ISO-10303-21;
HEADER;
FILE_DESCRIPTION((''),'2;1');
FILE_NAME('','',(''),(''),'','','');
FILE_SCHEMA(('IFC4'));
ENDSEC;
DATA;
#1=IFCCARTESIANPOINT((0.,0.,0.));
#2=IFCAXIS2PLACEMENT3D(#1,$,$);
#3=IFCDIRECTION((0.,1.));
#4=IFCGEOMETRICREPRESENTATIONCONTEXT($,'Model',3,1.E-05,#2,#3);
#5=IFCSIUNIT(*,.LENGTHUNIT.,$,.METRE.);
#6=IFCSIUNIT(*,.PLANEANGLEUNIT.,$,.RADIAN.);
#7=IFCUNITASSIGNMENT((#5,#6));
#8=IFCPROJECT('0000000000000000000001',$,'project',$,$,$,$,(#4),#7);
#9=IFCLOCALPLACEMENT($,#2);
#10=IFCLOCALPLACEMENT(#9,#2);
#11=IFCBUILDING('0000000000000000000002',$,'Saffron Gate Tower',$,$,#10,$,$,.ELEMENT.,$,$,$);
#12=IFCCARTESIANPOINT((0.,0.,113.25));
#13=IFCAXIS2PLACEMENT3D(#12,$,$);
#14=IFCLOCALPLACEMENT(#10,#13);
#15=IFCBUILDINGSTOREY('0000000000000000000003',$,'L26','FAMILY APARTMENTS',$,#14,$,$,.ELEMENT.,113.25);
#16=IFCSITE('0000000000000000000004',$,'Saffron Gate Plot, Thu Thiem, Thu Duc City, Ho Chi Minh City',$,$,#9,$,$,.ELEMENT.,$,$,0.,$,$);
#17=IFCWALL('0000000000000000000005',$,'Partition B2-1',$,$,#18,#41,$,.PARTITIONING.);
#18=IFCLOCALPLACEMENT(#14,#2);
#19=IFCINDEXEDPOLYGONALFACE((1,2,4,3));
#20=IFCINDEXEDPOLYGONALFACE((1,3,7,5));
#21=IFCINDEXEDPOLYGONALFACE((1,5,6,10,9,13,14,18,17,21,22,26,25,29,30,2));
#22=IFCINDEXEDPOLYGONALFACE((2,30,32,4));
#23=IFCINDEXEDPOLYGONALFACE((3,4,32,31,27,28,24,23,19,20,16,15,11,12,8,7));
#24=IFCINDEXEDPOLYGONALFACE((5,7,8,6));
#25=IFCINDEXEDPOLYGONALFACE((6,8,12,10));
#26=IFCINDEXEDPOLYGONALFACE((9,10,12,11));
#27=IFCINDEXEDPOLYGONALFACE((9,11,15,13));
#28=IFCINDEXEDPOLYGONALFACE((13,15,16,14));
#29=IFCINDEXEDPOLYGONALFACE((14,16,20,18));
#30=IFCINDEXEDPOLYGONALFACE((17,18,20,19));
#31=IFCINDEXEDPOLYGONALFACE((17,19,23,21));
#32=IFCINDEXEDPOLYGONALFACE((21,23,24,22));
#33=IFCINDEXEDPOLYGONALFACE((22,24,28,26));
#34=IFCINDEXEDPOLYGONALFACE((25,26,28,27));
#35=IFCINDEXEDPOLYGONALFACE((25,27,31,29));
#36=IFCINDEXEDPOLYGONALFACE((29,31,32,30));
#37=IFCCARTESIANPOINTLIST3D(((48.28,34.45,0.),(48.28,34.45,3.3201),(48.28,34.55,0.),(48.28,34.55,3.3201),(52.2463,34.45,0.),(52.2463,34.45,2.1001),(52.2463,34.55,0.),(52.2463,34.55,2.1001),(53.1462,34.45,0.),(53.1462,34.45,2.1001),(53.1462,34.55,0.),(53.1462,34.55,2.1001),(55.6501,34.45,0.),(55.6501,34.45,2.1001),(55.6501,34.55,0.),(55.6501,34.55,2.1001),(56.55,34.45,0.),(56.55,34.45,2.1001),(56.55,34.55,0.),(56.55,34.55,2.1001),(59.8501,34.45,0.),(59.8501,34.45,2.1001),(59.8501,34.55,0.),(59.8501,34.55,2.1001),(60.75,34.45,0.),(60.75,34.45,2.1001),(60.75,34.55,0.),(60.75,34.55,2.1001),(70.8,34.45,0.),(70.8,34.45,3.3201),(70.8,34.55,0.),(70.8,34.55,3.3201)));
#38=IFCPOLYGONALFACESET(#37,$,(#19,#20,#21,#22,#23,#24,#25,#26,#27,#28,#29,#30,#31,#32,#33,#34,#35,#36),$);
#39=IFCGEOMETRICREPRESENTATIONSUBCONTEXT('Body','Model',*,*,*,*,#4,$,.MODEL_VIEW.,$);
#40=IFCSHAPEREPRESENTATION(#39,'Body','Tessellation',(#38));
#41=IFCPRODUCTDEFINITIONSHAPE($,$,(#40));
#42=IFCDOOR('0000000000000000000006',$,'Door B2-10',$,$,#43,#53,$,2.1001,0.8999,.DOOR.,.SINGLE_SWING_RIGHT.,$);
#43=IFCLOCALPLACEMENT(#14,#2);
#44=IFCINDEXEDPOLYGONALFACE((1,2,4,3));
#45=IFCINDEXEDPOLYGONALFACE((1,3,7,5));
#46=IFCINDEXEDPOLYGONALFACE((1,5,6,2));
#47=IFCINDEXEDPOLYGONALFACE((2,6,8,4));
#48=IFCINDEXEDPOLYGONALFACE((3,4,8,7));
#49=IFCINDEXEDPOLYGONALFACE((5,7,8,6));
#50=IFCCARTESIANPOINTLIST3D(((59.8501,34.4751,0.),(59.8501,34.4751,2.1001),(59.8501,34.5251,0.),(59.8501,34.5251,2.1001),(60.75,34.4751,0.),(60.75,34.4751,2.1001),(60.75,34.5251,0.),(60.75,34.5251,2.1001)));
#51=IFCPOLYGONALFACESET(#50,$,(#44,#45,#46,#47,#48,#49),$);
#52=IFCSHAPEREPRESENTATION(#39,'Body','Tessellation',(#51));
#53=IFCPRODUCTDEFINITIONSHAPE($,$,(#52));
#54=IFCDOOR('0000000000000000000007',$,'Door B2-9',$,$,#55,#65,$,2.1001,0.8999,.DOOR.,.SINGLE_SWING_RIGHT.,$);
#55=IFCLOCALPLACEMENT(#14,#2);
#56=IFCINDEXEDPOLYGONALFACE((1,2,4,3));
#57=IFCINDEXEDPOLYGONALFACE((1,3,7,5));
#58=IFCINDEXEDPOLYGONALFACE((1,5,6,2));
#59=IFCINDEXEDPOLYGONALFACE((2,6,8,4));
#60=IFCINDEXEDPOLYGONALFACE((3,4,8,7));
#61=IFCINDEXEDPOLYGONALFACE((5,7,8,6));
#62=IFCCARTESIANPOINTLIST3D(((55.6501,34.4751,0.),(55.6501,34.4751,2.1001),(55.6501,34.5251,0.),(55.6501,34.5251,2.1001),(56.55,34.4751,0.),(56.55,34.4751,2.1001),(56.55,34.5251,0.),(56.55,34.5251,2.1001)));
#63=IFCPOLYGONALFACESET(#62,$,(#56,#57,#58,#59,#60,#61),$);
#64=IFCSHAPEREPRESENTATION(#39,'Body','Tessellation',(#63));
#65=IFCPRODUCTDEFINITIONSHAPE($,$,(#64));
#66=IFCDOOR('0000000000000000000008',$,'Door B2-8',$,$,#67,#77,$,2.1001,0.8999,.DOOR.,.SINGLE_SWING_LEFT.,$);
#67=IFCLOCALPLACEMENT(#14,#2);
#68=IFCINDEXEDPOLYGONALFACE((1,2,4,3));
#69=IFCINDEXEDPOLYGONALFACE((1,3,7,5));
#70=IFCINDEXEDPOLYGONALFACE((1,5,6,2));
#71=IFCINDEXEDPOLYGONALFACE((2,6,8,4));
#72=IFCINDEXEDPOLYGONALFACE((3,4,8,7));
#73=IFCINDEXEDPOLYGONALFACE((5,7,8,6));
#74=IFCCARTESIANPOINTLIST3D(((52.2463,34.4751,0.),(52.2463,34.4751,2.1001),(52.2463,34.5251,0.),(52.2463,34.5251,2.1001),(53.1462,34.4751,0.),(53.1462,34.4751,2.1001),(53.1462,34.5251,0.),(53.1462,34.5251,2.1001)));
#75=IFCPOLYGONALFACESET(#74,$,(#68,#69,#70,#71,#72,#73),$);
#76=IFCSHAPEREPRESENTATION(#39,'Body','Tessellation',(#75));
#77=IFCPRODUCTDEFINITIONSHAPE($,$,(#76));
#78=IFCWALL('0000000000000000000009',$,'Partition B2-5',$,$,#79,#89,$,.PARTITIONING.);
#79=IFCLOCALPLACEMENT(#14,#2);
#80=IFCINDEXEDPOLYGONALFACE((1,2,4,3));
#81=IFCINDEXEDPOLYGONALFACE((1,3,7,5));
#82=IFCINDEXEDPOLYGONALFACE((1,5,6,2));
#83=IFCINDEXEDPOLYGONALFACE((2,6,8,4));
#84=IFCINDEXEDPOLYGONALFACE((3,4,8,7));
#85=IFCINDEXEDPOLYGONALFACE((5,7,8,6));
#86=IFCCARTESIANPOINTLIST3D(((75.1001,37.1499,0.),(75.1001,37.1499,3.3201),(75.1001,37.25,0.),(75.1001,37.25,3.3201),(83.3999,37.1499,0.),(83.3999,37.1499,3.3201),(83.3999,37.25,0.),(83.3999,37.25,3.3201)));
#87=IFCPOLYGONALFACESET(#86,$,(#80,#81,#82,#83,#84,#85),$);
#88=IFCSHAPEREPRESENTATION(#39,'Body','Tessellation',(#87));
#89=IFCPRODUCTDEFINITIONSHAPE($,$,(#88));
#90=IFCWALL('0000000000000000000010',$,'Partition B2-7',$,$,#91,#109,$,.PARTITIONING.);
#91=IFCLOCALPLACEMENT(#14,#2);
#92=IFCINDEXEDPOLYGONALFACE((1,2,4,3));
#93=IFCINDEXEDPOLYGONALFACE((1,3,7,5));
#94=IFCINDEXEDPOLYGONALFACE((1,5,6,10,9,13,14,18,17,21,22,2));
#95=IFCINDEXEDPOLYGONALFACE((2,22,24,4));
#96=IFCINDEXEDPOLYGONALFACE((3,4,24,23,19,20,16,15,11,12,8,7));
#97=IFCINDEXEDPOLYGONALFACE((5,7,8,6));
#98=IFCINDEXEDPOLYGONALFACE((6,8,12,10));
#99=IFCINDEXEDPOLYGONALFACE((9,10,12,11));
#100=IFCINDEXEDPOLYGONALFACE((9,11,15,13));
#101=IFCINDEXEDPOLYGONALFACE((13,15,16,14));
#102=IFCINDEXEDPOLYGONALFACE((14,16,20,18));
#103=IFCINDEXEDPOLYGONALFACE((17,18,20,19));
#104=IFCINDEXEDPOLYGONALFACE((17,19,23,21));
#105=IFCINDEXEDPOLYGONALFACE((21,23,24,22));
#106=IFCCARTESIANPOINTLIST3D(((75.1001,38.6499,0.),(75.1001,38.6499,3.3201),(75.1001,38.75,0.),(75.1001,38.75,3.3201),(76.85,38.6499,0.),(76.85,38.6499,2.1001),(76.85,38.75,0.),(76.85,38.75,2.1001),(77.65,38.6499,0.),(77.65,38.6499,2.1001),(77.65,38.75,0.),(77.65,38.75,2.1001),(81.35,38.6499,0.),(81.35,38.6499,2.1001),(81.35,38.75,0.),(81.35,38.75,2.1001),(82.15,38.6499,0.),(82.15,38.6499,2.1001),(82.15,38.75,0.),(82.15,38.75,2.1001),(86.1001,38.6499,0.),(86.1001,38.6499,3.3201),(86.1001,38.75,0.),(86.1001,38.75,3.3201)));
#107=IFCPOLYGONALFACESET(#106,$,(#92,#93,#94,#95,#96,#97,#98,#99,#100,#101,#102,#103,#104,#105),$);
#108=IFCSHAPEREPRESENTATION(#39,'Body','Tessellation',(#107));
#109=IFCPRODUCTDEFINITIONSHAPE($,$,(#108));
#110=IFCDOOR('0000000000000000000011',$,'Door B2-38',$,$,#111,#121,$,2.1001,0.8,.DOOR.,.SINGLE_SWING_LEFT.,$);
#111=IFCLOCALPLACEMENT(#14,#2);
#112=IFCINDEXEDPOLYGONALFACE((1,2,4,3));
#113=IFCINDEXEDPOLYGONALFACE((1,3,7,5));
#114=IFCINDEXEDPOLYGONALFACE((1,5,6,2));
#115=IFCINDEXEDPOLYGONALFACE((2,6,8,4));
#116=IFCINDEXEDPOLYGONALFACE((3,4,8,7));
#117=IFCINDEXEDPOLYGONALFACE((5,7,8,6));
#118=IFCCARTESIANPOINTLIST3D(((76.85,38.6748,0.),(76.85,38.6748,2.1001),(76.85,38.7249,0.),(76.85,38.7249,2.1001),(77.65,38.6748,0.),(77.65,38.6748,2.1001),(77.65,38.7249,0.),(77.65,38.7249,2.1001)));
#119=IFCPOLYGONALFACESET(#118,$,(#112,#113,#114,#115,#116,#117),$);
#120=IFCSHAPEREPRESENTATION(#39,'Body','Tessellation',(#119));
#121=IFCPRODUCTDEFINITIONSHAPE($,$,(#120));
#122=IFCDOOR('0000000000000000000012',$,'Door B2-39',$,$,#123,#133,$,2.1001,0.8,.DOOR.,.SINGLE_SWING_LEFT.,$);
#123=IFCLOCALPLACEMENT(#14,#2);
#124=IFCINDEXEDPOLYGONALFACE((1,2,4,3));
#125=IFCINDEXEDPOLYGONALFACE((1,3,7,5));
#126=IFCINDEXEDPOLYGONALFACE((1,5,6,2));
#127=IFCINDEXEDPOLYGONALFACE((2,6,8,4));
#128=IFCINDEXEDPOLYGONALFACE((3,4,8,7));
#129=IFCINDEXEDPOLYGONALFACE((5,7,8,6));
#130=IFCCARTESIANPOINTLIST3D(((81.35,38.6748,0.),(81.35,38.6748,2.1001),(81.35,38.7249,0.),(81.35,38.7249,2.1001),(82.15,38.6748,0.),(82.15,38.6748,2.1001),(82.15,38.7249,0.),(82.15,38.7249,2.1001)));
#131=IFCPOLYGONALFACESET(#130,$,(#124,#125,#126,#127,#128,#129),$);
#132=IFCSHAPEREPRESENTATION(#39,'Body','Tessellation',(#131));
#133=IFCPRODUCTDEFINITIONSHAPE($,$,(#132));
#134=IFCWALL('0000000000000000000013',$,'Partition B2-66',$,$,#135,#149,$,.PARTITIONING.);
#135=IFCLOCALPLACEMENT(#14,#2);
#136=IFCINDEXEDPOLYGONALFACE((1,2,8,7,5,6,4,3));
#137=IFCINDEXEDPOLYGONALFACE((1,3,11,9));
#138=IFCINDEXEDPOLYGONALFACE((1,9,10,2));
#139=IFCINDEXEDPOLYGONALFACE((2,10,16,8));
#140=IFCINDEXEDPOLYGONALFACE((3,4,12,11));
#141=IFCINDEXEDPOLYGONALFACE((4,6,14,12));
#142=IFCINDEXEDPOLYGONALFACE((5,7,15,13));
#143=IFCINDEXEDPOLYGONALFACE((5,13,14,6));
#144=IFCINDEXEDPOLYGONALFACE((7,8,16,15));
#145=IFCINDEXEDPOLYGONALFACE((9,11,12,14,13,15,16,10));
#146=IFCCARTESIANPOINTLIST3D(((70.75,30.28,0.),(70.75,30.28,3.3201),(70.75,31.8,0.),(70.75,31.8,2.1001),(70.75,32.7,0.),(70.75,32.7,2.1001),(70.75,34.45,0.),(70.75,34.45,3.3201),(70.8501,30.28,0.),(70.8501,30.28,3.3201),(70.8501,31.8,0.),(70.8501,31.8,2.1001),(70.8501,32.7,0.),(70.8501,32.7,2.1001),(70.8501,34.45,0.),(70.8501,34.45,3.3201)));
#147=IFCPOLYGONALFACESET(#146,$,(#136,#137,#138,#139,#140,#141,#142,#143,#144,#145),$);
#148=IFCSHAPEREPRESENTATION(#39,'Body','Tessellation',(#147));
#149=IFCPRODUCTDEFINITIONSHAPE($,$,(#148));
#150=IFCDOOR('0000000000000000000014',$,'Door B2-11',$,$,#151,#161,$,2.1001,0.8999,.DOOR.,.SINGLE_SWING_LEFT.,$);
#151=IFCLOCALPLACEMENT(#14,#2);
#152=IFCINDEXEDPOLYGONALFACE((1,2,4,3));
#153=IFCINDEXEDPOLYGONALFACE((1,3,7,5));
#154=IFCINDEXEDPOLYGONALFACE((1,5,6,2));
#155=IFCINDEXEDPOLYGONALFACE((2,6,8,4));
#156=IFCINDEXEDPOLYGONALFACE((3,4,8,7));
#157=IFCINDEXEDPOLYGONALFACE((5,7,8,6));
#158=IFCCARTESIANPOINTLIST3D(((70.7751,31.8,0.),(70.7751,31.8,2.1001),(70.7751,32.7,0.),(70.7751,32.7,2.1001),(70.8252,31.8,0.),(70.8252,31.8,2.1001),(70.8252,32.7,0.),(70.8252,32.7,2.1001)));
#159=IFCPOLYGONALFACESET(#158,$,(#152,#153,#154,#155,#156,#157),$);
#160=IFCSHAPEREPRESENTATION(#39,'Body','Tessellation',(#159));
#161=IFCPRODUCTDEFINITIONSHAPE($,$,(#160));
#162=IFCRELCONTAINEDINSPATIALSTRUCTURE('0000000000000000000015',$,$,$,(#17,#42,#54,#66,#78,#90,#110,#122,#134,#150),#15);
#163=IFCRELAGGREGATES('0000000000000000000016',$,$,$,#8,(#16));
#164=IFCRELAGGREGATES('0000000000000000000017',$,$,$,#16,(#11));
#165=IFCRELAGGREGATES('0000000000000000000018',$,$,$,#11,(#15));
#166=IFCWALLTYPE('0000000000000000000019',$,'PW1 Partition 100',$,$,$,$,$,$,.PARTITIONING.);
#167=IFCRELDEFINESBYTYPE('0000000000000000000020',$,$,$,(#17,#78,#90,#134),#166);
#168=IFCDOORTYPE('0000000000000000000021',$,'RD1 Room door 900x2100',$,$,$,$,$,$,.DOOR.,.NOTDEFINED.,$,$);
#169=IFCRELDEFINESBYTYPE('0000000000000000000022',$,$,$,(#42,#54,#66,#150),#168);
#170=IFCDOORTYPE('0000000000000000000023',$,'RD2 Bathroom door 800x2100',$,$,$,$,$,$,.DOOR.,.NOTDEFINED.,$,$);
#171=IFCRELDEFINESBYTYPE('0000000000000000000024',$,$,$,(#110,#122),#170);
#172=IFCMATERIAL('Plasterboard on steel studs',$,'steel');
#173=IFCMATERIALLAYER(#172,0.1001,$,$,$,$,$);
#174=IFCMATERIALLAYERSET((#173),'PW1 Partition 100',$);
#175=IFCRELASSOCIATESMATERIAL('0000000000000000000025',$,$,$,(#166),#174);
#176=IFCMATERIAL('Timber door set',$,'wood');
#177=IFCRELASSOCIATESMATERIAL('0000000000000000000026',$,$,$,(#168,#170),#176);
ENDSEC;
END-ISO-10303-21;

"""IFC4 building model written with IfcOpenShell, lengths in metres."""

from ifc_helpers import new_model, si_unit, direction, frame, frame_2d, origin, place, context, subcontext, project, spatial, rectangle, extrude, material, layer, layer_set, type_object, element, fill, save


model = new_model("IFC4")

# Units and contexts
model_context = context("Model", 3, precision=1e-05, world=origin(), true_north=direction((0.0, 1.0)))
body_context = subcontext(model_context, "Body", "Model", "MODEL_VIEW")
ifc_project = project(units=[si_unit("LENGTHUNIT", "METRE"), si_unit("PLANEANGLEUNIT", "RADIAN")], contexts=[model_context])

# Site, building, storey
site_placement = place(None, origin())
site = spatial("IfcSite", under=ifc_project, at=site_placement, Name="Saffron Gate Plot, Thu Thiem, Thu Duc City, Ho Chi Minh City", CompositionType="ELEMENT", RefElevation=0.0)
building_placement = place(site_placement, origin())
building = spatial("IfcBuilding", under=site, at=building_placement, Name="Saffron Gate Tower", CompositionType="ELEMENT")
storey_placement = place(building_placement, frame((0.0, 0.0, 113.25)))
storey = spatial("IfcBuildingStorey", under=building, at=storey_placement, Name="L26", Description="FAMILY APARTMENTS", CompositionType="ELEMENT", Elevation=113.25)

# Wall, openings, doors
ifc_material_1 = material(Name="Plasterboard on steel studs", Category="steel")
ifc_layer_1 = layer(ifc_material_1, 0.1001)
ifc_layer_set_1 = layer_set([ifc_layer_1], Name="PW1 Partition 100")
wall_type_1 = type_object("IfcWallType", Name="PW1 Partition 100", PredefinedType="PARTITIONING", material=ifc_layer_set_1)
wall_1_placement = place(storey_placement, frame((70.8, 34.5, 0.0), z_axis=(0.0, 0.0, 1.0), x_axis=(-1.0, 0.0, 0.0)))
wall_1 = element("IfcWall", 1, at=wall_1_placement, inside=storey, type_object=wall_type_1, Name="Partition B2-1", PredefinedType="PARTITIONING", context=body_context, shape_type="SweptSolid", body=[
    extrude(rectangle(XDim=22.52, YDim=0.1001, at=frame_2d((11.26, 0.0))), origin(), (0.0, 0.0, 1.0), 3.3201),
])
opening_1_placement = place(wall_1_placement, frame((10.05, 0.0, 0.0)))
opening_1 = element("IfcOpeningElement", 2, at=opening_1_placement, cuts=wall_1, PredefinedType="OPENING", context=body_context, shape_type="SweptSolid", body=[
    extrude(rectangle(XDim=0.8999, YDim=2.1001, at=frame_2d((0.45, 1.05))), frame((0.0, 0.0601, 0.0), z_axis=(0.0, -1.0, 0.0), x_axis=(1.0, 0.0, 0.0)), (0.0, 0.0, 1.0), 0.1201),
])
opening_2_placement = place(wall_1_placement, frame((14.25, 0.0, 0.0)))
opening_2 = element("IfcOpeningElement", 3, at=opening_2_placement, cuts=wall_1, PredefinedType="OPENING", context=body_context, shape_type="SweptSolid", body=[
    extrude(rectangle(XDim=0.8999, YDim=2.1001, at=frame_2d((0.45, 1.05))), frame((0.0, 0.0601, 0.0), z_axis=(0.0, -1.0, 0.0), x_axis=(1.0, 0.0, 0.0)), (0.0, 0.0, 1.0), 0.1201),
])
opening_3_placement = place(wall_1_placement, frame((17.6538, 0.0, 0.0)))
opening_3 = element("IfcOpeningElement", 4, at=opening_3_placement, cuts=wall_1, PredefinedType="OPENING", context=body_context, shape_type="SweptSolid", body=[
    extrude(rectangle(XDim=0.8999, YDim=2.1001, at=frame_2d((0.45, 1.05))), frame((0.0, 0.0601, 0.0), z_axis=(0.0, -1.0, 0.0), x_axis=(1.0, 0.0, 0.0)), (0.0, 0.0, 1.0), 0.1201),
])
ifc_material_2 = material(Name="Timber door set", Category="wood")
door_type_1 = type_object("IfcDoorType", Name="RD1 Room door 900x2100", OperationType="NOTDEFINED", PredefinedType="DOOR", material=ifc_material_2)
door_1_placement = place(opening_1_placement, origin())
door_1 = element("IfcDoor", 5, at=door_1_placement, inside=storey, type_object=door_type_1, Name="Door B2-10", OperationType="SINGLE_SWING_RIGHT", OverallHeight=2.1001, OverallWidth=0.8999, PredefinedType="DOOR", context=body_context, shape_type="SweptSolid", body=[
    extrude(rectangle(XDim=0.8999, YDim=2.1001, at=frame_2d((0.45, 1.05))), frame((0.0, 0.0249, 0.0), z_axis=(0.0, -1.0, 0.0), x_axis=(1.0, 0.0, 0.0)), (0.0, 0.0, 1.0), 0.05),
])
fill(opening_1, door_1)
door_2_placement = place(opening_2_placement, origin())
door_2 = element("IfcDoor", 6, at=door_2_placement, inside=storey, type_object=door_type_1, Name="Door B2-9", OperationType="SINGLE_SWING_RIGHT", OverallHeight=2.1001, OverallWidth=0.8999, PredefinedType="DOOR", context=body_context, shape_type="SweptSolid", body=[
    extrude(rectangle(XDim=0.8999, YDim=2.1001, at=frame_2d((0.45, 1.05))), frame((0.0, 0.0249, 0.0), z_axis=(0.0, -1.0, 0.0), x_axis=(1.0, 0.0, 0.0)), (0.0, 0.0, 1.0), 0.05),
])
fill(opening_2, door_2)
door_3_placement = place(opening_3_placement, origin())
door_3 = element("IfcDoor", 7, at=door_3_placement, inside=storey, type_object=door_type_1, Name="Door B2-8", OperationType="SINGLE_SWING_LEFT", OverallHeight=2.1001, OverallWidth=0.8999, PredefinedType="DOOR", context=body_context, shape_type="SweptSolid", body=[
    extrude(rectangle(XDim=0.8999, YDim=2.1001, at=frame_2d((0.45, 1.05))), frame((0.0, 0.0249, 0.0), z_axis=(0.0, -1.0, 0.0), x_axis=(1.0, 0.0, 0.0)), (0.0, 0.0, 1.0), 0.05),
])
fill(opening_3, door_3)

# Wall
wall_2_placement = place(storey_placement, frame((75.1001, 37.2, 0.0), z_axis=(0.0, 0.0, 1.0), x_axis=(1.0, 0.0, 0.0)))
element("IfcWall", 8, at=wall_2_placement, inside=storey, type_object=wall_type_1, Name="Partition B2-5", PredefinedType="PARTITIONING", context=body_context, shape_type="SweptSolid", body=[
    extrude(rectangle(XDim=8.2998, YDim=0.1001, at=frame_2d((4.1499, 0.0))), origin(), (0.0, 0.0, 1.0), 3.3201),
])

# Wall, openings, doors
wall_3_placement = place(storey_placement, frame((75.1001, 38.7, 0.0), z_axis=(0.0, 0.0, 1.0), x_axis=(1.0, 0.0, 0.0)))
wall_3 = element("IfcWall", 9, at=wall_3_placement, inside=storey, type_object=wall_type_1, Name="Partition B2-7", PredefinedType="PARTITIONING", context=body_context, shape_type="SweptSolid", body=[
    extrude(rectangle(XDim=11.0, YDim=0.1001, at=frame_2d((5.5, 0.0))), origin(), (0.0, 0.0, 1.0), 3.3201),
])
opening_4_placement = place(wall_3_placement, frame((1.75, 0.0, 0.0)))
opening_4 = element("IfcOpeningElement", 10, at=opening_4_placement, cuts=wall_3, PredefinedType="OPENING", context=body_context, shape_type="SweptSolid", body=[
    extrude(rectangle(XDim=0.8, YDim=2.1001, at=frame_2d((0.3999, 1.05))), frame((0.0, 0.0601, 0.0), z_axis=(0.0, -1.0, 0.0), x_axis=(1.0, 0.0, 0.0)), (0.0, 0.0, 1.0), 0.1201),
])
opening_5_placement = place(wall_3_placement, frame((6.25, 0.0, 0.0)))
opening_5 = element("IfcOpeningElement", 11, at=opening_5_placement, cuts=wall_3, PredefinedType="OPENING", context=body_context, shape_type="SweptSolid", body=[
    extrude(rectangle(XDim=0.8, YDim=2.1001, at=frame_2d((0.3999, 1.05))), frame((0.0, 0.0601, 0.0), z_axis=(0.0, -1.0, 0.0), x_axis=(1.0, 0.0, 0.0)), (0.0, 0.0, 1.0), 0.1201),
])
door_type_2 = type_object("IfcDoorType", Name="RD2 Bathroom door 800x2100", OperationType="NOTDEFINED", PredefinedType="DOOR", material=ifc_material_2)
door_4_placement = place(opening_4_placement, origin())
door_4 = element("IfcDoor", 12, at=door_4_placement, inside=storey, type_object=door_type_2, Name="Door B2-38", OperationType="SINGLE_SWING_LEFT", OverallHeight=2.1001, OverallWidth=0.8, PredefinedType="DOOR", context=body_context, shape_type="SweptSolid", body=[
    extrude(rectangle(XDim=0.8, YDim=2.1001, at=frame_2d((0.3999, 1.05))), frame((0.0, 0.0249, 0.0), z_axis=(0.0, -1.0, 0.0), x_axis=(1.0, 0.0, 0.0)), (0.0, 0.0, 1.0), 0.05),
])
fill(opening_4, door_4)
door_5_placement = place(opening_5_placement, origin())
door_5 = element("IfcDoor", 13, at=door_5_placement, inside=storey, type_object=door_type_2, Name="Door B2-39", OperationType="SINGLE_SWING_LEFT", OverallHeight=2.1001, OverallWidth=0.8, PredefinedType="DOOR", context=body_context, shape_type="SweptSolid", body=[
    extrude(rectangle(XDim=0.8, YDim=2.1001, at=frame_2d((0.3999, 1.05))), frame((0.0, 0.0249, 0.0), z_axis=(0.0, -1.0, 0.0), x_axis=(1.0, 0.0, 0.0)), (0.0, 0.0, 1.0), 0.05),
])
fill(opening_5, door_5)

# Wall, opening, door
wall_4_placement = place(storey_placement, frame((70.8, 30.28, 0.0), z_axis=(0.0, 0.0, 1.0), x_axis=(0.0, 1.0, 0.0)))
wall_4 = element("IfcWall", 14, at=wall_4_placement, inside=storey, type_object=wall_type_1, Name="Partition B2-66", PredefinedType="PARTITIONING", context=body_context, shape_type="SweptSolid", body=[
    extrude(rectangle(XDim=4.1699, YDim=0.1001, at=frame_2d((2.085, 0.0))), origin(), (0.0, 0.0, 1.0), 3.3201),
])
opening_6_placement = place(wall_4_placement, frame((1.52, 0.0, 0.0)))
opening_6 = element("IfcOpeningElement", 15, at=opening_6_placement, cuts=wall_4, PredefinedType="OPENING", context=body_context, shape_type="SweptSolid", body=[
    extrude(rectangle(XDim=0.8999, YDim=2.1001, at=frame_2d((0.45, 1.05))), frame((0.0, 0.0601, 0.0), z_axis=(0.0, -1.0, 0.0), x_axis=(1.0, 0.0, 0.0)), (0.0, 0.0, 1.0), 0.1201),
])
door_6_placement = place(opening_6_placement, origin())
door_6 = element("IfcDoor", 16, at=door_6_placement, inside=storey, type_object=door_type_1, Name="Door B2-11", OperationType="SINGLE_SWING_LEFT", OverallHeight=2.1001, OverallWidth=0.8999, PredefinedType="DOOR", context=body_context, shape_type="SweptSolid", body=[
    extrude(rectangle(XDim=0.8999, YDim=2.1001, at=frame_2d((0.45, 1.05))), frame((0.0, 0.0249, 0.0), z_axis=(0.0, -1.0, 0.0), x_axis=(1.0, 0.0, 0.0)), (0.0, 0.0, 1.0), 0.05),
])
fill(opening_6, door_6)

save(model, "model.ifc")
